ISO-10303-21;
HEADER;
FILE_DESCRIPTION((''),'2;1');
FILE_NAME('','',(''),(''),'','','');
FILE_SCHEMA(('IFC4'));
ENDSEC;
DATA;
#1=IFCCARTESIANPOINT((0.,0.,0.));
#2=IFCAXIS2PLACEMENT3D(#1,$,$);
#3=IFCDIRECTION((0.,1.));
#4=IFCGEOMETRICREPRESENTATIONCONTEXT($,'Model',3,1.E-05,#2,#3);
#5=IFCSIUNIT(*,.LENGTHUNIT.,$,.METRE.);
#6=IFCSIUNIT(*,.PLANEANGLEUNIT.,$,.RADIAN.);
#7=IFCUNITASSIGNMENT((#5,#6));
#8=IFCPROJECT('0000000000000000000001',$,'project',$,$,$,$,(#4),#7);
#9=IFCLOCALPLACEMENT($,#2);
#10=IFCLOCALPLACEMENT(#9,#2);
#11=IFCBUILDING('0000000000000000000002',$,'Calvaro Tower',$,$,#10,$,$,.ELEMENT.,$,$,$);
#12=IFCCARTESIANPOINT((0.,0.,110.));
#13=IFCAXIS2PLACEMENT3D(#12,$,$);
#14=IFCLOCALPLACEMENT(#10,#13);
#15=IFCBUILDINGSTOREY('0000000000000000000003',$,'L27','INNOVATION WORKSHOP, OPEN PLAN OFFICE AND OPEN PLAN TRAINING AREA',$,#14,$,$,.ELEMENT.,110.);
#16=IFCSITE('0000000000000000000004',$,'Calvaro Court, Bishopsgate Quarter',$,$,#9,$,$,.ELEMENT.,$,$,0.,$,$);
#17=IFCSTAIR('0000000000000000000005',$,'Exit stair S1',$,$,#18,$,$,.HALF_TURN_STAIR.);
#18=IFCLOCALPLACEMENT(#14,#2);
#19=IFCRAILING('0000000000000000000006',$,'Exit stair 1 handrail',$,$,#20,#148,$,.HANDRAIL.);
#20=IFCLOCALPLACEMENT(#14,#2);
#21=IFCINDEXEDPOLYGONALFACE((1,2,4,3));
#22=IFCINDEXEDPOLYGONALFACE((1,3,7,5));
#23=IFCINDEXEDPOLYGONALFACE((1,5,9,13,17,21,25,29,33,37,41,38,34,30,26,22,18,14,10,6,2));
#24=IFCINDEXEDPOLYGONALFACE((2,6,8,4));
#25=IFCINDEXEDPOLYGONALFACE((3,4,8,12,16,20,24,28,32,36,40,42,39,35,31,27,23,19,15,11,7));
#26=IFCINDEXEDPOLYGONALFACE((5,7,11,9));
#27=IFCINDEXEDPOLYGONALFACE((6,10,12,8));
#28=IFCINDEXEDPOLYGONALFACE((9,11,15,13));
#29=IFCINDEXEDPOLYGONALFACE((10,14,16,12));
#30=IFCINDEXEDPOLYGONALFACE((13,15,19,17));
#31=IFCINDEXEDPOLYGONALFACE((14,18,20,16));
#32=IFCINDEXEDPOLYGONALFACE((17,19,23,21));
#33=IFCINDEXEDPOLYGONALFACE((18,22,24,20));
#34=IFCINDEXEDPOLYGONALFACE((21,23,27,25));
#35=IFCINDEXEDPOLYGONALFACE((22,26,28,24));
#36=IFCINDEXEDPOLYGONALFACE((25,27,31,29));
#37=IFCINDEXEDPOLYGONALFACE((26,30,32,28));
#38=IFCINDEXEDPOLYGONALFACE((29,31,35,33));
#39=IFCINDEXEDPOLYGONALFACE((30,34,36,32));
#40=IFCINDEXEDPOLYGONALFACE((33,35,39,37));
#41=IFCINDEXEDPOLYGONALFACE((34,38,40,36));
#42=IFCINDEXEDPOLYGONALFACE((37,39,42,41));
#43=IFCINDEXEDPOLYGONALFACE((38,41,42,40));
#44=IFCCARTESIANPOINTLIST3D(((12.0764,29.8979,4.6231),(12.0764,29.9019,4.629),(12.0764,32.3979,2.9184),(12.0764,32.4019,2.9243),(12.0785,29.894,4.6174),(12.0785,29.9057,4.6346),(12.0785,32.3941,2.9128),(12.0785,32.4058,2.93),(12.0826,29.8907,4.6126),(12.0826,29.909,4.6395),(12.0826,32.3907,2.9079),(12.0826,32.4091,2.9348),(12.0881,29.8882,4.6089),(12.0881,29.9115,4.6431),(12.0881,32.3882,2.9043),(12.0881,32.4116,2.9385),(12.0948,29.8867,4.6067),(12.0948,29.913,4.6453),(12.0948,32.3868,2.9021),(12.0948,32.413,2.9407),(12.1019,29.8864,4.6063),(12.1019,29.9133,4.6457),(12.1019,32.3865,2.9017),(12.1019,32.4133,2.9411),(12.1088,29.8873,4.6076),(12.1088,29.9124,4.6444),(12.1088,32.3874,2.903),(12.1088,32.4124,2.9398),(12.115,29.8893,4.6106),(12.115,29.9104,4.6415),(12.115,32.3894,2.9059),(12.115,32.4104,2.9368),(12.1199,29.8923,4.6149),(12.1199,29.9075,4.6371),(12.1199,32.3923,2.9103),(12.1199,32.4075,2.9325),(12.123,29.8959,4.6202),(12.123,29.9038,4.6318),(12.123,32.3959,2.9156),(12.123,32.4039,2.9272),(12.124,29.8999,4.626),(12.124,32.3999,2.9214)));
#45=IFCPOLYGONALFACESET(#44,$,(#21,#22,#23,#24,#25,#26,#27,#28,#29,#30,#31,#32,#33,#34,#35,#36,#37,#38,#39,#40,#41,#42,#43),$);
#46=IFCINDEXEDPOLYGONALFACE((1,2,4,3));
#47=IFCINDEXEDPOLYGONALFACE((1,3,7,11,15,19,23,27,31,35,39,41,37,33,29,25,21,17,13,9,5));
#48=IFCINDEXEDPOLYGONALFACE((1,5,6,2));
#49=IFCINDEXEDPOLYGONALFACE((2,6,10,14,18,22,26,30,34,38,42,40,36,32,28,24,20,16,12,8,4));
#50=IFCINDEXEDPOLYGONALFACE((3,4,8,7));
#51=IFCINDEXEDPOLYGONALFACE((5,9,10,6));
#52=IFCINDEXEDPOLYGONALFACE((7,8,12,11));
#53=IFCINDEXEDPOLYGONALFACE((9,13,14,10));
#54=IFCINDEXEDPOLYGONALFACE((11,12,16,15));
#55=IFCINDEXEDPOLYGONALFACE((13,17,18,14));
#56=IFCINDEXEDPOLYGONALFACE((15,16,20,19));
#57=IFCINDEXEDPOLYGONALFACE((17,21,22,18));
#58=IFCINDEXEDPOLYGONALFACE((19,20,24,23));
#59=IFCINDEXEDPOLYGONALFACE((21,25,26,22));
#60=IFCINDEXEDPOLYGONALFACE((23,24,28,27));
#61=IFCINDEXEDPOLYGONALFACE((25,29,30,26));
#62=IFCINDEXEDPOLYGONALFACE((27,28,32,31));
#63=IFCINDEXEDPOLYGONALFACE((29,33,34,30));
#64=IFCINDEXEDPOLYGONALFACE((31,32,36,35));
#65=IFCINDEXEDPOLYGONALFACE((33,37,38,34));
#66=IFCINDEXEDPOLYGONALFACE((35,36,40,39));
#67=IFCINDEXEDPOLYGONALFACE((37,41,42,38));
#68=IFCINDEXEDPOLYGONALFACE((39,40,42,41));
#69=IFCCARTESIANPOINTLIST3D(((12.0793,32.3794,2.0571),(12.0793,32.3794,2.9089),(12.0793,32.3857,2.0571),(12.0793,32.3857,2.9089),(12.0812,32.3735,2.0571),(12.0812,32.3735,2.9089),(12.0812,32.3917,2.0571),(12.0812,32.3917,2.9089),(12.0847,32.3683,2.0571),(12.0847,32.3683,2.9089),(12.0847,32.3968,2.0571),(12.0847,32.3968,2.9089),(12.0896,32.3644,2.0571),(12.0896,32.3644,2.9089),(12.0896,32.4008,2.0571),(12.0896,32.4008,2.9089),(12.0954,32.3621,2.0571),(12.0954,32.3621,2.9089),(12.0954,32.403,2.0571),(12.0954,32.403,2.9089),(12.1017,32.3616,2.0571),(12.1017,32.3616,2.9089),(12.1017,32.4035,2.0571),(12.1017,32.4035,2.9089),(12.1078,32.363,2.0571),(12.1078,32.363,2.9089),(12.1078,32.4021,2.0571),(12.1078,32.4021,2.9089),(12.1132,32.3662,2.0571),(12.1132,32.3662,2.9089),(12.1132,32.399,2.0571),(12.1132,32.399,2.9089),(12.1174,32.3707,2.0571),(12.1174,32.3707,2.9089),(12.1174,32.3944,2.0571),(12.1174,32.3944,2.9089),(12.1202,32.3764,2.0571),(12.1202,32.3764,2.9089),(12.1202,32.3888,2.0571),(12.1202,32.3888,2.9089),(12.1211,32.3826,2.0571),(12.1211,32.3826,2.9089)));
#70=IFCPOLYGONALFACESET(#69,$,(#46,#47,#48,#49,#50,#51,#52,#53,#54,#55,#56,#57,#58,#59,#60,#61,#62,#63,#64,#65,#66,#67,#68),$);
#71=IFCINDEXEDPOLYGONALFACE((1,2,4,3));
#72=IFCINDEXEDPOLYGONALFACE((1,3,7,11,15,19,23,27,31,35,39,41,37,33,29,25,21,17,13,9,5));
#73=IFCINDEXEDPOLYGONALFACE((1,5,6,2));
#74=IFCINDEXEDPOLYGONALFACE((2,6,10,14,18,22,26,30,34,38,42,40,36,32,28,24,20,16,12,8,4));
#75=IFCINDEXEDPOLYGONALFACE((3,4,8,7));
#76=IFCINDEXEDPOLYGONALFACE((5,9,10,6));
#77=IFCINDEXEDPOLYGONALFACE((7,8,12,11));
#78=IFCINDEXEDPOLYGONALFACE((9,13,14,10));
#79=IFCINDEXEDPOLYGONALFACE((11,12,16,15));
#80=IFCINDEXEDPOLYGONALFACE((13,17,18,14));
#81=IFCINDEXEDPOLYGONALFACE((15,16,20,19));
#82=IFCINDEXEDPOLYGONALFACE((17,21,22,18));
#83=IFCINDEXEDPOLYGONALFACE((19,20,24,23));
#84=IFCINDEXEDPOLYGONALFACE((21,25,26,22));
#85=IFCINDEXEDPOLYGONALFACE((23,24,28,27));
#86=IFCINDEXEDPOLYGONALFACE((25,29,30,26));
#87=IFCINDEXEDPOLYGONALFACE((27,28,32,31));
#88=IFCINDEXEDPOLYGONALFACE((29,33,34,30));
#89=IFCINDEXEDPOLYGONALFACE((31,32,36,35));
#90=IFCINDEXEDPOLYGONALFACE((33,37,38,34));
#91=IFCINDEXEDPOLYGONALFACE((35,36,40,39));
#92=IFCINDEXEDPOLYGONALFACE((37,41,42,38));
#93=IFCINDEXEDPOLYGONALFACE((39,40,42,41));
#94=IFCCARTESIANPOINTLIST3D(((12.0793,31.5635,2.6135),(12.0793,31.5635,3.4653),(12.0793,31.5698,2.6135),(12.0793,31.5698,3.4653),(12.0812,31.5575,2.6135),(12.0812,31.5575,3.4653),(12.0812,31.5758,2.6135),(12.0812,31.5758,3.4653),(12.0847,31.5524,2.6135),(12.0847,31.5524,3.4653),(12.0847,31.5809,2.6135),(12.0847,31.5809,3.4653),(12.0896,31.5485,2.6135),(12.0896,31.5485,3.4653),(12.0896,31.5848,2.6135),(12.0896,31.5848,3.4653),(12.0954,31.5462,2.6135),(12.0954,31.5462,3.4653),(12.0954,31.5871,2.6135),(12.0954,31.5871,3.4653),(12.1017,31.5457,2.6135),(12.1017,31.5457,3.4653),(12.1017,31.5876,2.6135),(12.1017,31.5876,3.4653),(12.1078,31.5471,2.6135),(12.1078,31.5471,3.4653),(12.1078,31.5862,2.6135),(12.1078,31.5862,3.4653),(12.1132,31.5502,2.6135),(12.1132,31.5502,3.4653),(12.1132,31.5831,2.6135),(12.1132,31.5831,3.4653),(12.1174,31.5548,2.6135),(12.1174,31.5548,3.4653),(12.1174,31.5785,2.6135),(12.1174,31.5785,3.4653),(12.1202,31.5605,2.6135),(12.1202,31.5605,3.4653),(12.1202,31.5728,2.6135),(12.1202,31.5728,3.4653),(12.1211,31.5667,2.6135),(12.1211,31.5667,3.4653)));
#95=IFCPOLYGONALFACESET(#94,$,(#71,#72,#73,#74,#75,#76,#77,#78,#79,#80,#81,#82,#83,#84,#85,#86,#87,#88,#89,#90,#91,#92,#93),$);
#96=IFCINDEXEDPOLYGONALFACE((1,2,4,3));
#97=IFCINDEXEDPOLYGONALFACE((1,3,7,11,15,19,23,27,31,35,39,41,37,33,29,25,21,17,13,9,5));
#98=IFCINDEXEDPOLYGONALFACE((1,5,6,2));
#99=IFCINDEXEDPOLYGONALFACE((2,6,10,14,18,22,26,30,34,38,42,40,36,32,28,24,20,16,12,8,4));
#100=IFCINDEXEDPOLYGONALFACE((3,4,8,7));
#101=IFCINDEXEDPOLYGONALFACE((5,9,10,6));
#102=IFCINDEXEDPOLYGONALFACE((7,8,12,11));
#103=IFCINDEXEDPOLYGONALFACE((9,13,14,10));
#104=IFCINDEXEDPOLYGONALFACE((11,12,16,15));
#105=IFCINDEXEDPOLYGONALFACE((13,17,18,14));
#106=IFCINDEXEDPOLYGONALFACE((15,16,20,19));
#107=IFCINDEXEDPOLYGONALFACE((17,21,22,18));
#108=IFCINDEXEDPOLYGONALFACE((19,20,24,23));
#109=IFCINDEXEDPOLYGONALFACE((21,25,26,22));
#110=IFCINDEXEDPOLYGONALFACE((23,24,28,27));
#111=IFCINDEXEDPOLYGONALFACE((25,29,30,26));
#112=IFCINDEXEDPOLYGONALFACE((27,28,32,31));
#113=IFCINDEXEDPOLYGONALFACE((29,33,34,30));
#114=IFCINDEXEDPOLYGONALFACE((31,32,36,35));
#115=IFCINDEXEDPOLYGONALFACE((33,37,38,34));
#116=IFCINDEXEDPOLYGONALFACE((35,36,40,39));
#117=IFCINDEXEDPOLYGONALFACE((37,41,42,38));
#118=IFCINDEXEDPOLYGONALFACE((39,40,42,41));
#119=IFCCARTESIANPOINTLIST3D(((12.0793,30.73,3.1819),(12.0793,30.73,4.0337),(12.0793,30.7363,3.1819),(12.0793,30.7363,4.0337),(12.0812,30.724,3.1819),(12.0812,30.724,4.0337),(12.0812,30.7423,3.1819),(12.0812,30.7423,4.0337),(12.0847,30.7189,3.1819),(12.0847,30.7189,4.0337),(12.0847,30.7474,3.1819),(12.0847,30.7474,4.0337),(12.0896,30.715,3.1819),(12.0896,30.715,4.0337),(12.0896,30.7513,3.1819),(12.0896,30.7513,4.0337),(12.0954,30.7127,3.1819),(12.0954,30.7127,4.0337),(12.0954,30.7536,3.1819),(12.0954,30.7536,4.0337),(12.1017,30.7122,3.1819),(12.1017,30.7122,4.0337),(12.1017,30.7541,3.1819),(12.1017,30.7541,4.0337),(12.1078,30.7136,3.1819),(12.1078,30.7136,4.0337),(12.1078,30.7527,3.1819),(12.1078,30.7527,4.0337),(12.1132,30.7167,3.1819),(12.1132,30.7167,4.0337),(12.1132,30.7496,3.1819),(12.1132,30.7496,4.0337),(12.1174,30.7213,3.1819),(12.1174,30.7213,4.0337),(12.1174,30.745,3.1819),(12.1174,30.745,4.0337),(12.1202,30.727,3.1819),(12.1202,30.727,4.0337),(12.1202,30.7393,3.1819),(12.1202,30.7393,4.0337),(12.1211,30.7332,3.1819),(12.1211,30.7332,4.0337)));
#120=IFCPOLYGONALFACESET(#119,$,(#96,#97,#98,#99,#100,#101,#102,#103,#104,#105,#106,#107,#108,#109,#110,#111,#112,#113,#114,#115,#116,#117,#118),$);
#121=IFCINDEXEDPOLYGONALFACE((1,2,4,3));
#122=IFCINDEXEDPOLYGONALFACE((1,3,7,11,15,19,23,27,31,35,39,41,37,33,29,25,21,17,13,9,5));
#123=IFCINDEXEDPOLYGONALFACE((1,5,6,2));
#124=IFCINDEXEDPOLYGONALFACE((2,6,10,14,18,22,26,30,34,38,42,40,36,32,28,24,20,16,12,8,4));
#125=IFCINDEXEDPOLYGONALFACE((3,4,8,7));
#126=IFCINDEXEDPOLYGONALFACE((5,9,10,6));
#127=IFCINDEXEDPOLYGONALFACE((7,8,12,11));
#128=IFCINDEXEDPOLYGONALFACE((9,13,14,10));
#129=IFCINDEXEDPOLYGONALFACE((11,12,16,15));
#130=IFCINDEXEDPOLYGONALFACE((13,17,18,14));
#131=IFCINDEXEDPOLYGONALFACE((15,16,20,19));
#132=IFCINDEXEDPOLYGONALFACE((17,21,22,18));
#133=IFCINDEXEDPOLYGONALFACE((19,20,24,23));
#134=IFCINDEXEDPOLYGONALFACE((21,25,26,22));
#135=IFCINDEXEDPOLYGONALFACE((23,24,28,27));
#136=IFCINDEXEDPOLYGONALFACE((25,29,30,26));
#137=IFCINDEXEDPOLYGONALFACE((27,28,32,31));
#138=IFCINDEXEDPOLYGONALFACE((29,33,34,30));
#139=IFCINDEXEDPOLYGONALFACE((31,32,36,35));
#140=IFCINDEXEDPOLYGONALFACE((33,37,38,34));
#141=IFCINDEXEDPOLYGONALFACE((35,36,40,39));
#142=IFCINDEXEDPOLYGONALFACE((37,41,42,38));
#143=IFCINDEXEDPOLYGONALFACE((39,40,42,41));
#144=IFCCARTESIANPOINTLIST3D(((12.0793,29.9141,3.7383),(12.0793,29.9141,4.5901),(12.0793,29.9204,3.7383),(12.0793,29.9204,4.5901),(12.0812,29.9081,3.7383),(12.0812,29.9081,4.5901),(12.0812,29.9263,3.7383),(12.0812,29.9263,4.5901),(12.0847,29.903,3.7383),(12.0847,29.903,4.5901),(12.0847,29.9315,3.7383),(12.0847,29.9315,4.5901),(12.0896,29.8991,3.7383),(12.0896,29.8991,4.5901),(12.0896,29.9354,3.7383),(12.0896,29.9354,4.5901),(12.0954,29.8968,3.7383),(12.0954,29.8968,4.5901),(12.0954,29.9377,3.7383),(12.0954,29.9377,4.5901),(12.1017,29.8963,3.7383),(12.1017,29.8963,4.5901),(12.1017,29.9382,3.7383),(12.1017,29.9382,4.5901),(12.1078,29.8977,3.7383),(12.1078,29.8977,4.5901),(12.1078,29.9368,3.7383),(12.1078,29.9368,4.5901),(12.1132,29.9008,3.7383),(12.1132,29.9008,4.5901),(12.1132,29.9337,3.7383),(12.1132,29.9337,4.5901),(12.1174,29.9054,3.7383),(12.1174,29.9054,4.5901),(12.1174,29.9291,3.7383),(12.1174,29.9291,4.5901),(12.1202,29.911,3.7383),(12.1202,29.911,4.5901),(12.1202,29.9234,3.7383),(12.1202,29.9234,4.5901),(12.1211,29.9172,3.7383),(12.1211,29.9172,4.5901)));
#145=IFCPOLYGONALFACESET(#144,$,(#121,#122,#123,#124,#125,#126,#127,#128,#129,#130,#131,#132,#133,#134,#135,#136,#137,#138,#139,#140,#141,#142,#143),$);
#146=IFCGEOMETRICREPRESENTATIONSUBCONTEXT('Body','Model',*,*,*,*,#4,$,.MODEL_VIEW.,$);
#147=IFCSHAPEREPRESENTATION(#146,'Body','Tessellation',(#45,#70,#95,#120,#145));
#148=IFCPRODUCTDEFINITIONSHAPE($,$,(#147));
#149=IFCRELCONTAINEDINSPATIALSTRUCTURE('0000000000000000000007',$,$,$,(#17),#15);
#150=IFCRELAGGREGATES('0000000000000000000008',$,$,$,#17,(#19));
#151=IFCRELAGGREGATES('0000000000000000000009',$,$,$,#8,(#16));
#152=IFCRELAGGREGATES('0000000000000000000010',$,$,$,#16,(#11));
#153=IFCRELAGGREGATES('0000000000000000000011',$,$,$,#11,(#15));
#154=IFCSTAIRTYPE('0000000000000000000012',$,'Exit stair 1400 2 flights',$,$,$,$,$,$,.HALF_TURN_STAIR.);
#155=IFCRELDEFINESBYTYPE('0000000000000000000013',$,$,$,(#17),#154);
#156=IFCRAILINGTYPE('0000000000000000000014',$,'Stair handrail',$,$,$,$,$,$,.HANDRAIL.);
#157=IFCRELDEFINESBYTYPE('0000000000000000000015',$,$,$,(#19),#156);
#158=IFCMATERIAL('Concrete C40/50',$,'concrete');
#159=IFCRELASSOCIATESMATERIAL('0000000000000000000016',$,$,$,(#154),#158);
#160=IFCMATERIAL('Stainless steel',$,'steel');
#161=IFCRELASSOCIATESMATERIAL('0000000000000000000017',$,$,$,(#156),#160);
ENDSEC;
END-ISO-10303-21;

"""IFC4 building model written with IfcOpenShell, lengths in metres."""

from ifc_helpers import new_model, si_unit, direction, frame, origin, origin_2d, place, context, subcontext, project, spatial, circle, extrude, material, type_object, element, aggregate, save


model = new_model("IFC4")

# Units and contexts
model_context = context("Model", 3, precision=1e-05, world=origin(), true_north=direction((0.0, 1.0)))
body_context = subcontext(model_context, "Body", "Model", "MODEL_VIEW")
ifc_project = project(units=[si_unit("LENGTHUNIT", "METRE"), si_unit("PLANEANGLEUNIT", "RADIAN")], contexts=[model_context])

# Site, building, storey
site_placement = place(None, origin())
site = spatial("IfcSite", under=ifc_project, at=site_placement, Name="Calvaro Court, Bishopsgate Quarter", CompositionType="ELEMENT", RefElevation=0.0)
building_placement = place(site_placement, origin())
building = spatial("IfcBuilding", under=site, at=building_placement, Name="Calvaro Tower", CompositionType="ELEMENT")
storey_placement = place(building_placement, frame((0.0, 0.0, 110.0)))
storey = spatial("IfcBuildingStorey", under=building, at=storey_placement, Name="L27", Description="INNOVATION WORKSHOP, OPEN PLAN OFFICE AND OPEN PLAN TRAINING AREA", CompositionType="ELEMENT", Elevation=110.0)

# Stair, railing
ifc_material_1 = material(Name="Concrete C40/50", Category="concrete")
stair_type = type_object("IfcStairType", Name="Exit stair 1400 2 flights", PredefinedType="HALF_TURN_STAIR", material=ifc_material_1)
stair_placement = place(storey_placement, origin())
stair = element("IfcStair", 1, at=stair_placement, inside=storey, type_object=stair_type, Name="Exit stair S1", PredefinedType="HALF_TURN_STAIR")
ifc_material_2 = material(Name="Stainless steel", Category="steel")
railing_type = type_object("IfcRailingType", Name="Stair handrail", PredefinedType="HANDRAIL", material=ifc_material_2)
railing_1_placement = place(storey_placement, frame((12.1001, 32.3999, 2.0454)))
railing_1 = element("IfcRailing", 2, at=railing_1_placement, type_object=railing_type, Name="Exit stair 1 handrail", PredefinedType="HANDRAIL", context=body_context, shape_type="SweptSolid", body=[
    extrude(circle(Radius=0.0239, at=origin_2d()), frame((0.0, 0.0, 0.876), z_axis=(0.0, -0.826221, 0.563347), x_axis=(1.0, 0.0, 0.0)), (0.0, 0.0, 1.0), 3.0259),
    extrude(circle(Radius=0.021, at=origin_2d()), frame((0.0, -0.0173, 0.0117)), (0.0, 0.0, 1.0), 0.8518),
    extrude(circle(Radius=0.021, at=origin_2d()), frame((0.0, -0.8333, 0.5681)), (0.0, 0.0, 1.0), 0.8518),
    extrude(circle(Radius=0.021, at=origin_2d()), frame((0.0, -1.6667, 1.1365)), (0.0, 0.0, 1.0), 0.8518),
    extrude(circle(Radius=0.021, at=origin_2d()), frame((0.0, -2.4827, 1.6929)), (0.0, 0.0, 1.0), 0.8518),
])
aggregate(stair, [railing_1])

save(model, "model.ifc")
